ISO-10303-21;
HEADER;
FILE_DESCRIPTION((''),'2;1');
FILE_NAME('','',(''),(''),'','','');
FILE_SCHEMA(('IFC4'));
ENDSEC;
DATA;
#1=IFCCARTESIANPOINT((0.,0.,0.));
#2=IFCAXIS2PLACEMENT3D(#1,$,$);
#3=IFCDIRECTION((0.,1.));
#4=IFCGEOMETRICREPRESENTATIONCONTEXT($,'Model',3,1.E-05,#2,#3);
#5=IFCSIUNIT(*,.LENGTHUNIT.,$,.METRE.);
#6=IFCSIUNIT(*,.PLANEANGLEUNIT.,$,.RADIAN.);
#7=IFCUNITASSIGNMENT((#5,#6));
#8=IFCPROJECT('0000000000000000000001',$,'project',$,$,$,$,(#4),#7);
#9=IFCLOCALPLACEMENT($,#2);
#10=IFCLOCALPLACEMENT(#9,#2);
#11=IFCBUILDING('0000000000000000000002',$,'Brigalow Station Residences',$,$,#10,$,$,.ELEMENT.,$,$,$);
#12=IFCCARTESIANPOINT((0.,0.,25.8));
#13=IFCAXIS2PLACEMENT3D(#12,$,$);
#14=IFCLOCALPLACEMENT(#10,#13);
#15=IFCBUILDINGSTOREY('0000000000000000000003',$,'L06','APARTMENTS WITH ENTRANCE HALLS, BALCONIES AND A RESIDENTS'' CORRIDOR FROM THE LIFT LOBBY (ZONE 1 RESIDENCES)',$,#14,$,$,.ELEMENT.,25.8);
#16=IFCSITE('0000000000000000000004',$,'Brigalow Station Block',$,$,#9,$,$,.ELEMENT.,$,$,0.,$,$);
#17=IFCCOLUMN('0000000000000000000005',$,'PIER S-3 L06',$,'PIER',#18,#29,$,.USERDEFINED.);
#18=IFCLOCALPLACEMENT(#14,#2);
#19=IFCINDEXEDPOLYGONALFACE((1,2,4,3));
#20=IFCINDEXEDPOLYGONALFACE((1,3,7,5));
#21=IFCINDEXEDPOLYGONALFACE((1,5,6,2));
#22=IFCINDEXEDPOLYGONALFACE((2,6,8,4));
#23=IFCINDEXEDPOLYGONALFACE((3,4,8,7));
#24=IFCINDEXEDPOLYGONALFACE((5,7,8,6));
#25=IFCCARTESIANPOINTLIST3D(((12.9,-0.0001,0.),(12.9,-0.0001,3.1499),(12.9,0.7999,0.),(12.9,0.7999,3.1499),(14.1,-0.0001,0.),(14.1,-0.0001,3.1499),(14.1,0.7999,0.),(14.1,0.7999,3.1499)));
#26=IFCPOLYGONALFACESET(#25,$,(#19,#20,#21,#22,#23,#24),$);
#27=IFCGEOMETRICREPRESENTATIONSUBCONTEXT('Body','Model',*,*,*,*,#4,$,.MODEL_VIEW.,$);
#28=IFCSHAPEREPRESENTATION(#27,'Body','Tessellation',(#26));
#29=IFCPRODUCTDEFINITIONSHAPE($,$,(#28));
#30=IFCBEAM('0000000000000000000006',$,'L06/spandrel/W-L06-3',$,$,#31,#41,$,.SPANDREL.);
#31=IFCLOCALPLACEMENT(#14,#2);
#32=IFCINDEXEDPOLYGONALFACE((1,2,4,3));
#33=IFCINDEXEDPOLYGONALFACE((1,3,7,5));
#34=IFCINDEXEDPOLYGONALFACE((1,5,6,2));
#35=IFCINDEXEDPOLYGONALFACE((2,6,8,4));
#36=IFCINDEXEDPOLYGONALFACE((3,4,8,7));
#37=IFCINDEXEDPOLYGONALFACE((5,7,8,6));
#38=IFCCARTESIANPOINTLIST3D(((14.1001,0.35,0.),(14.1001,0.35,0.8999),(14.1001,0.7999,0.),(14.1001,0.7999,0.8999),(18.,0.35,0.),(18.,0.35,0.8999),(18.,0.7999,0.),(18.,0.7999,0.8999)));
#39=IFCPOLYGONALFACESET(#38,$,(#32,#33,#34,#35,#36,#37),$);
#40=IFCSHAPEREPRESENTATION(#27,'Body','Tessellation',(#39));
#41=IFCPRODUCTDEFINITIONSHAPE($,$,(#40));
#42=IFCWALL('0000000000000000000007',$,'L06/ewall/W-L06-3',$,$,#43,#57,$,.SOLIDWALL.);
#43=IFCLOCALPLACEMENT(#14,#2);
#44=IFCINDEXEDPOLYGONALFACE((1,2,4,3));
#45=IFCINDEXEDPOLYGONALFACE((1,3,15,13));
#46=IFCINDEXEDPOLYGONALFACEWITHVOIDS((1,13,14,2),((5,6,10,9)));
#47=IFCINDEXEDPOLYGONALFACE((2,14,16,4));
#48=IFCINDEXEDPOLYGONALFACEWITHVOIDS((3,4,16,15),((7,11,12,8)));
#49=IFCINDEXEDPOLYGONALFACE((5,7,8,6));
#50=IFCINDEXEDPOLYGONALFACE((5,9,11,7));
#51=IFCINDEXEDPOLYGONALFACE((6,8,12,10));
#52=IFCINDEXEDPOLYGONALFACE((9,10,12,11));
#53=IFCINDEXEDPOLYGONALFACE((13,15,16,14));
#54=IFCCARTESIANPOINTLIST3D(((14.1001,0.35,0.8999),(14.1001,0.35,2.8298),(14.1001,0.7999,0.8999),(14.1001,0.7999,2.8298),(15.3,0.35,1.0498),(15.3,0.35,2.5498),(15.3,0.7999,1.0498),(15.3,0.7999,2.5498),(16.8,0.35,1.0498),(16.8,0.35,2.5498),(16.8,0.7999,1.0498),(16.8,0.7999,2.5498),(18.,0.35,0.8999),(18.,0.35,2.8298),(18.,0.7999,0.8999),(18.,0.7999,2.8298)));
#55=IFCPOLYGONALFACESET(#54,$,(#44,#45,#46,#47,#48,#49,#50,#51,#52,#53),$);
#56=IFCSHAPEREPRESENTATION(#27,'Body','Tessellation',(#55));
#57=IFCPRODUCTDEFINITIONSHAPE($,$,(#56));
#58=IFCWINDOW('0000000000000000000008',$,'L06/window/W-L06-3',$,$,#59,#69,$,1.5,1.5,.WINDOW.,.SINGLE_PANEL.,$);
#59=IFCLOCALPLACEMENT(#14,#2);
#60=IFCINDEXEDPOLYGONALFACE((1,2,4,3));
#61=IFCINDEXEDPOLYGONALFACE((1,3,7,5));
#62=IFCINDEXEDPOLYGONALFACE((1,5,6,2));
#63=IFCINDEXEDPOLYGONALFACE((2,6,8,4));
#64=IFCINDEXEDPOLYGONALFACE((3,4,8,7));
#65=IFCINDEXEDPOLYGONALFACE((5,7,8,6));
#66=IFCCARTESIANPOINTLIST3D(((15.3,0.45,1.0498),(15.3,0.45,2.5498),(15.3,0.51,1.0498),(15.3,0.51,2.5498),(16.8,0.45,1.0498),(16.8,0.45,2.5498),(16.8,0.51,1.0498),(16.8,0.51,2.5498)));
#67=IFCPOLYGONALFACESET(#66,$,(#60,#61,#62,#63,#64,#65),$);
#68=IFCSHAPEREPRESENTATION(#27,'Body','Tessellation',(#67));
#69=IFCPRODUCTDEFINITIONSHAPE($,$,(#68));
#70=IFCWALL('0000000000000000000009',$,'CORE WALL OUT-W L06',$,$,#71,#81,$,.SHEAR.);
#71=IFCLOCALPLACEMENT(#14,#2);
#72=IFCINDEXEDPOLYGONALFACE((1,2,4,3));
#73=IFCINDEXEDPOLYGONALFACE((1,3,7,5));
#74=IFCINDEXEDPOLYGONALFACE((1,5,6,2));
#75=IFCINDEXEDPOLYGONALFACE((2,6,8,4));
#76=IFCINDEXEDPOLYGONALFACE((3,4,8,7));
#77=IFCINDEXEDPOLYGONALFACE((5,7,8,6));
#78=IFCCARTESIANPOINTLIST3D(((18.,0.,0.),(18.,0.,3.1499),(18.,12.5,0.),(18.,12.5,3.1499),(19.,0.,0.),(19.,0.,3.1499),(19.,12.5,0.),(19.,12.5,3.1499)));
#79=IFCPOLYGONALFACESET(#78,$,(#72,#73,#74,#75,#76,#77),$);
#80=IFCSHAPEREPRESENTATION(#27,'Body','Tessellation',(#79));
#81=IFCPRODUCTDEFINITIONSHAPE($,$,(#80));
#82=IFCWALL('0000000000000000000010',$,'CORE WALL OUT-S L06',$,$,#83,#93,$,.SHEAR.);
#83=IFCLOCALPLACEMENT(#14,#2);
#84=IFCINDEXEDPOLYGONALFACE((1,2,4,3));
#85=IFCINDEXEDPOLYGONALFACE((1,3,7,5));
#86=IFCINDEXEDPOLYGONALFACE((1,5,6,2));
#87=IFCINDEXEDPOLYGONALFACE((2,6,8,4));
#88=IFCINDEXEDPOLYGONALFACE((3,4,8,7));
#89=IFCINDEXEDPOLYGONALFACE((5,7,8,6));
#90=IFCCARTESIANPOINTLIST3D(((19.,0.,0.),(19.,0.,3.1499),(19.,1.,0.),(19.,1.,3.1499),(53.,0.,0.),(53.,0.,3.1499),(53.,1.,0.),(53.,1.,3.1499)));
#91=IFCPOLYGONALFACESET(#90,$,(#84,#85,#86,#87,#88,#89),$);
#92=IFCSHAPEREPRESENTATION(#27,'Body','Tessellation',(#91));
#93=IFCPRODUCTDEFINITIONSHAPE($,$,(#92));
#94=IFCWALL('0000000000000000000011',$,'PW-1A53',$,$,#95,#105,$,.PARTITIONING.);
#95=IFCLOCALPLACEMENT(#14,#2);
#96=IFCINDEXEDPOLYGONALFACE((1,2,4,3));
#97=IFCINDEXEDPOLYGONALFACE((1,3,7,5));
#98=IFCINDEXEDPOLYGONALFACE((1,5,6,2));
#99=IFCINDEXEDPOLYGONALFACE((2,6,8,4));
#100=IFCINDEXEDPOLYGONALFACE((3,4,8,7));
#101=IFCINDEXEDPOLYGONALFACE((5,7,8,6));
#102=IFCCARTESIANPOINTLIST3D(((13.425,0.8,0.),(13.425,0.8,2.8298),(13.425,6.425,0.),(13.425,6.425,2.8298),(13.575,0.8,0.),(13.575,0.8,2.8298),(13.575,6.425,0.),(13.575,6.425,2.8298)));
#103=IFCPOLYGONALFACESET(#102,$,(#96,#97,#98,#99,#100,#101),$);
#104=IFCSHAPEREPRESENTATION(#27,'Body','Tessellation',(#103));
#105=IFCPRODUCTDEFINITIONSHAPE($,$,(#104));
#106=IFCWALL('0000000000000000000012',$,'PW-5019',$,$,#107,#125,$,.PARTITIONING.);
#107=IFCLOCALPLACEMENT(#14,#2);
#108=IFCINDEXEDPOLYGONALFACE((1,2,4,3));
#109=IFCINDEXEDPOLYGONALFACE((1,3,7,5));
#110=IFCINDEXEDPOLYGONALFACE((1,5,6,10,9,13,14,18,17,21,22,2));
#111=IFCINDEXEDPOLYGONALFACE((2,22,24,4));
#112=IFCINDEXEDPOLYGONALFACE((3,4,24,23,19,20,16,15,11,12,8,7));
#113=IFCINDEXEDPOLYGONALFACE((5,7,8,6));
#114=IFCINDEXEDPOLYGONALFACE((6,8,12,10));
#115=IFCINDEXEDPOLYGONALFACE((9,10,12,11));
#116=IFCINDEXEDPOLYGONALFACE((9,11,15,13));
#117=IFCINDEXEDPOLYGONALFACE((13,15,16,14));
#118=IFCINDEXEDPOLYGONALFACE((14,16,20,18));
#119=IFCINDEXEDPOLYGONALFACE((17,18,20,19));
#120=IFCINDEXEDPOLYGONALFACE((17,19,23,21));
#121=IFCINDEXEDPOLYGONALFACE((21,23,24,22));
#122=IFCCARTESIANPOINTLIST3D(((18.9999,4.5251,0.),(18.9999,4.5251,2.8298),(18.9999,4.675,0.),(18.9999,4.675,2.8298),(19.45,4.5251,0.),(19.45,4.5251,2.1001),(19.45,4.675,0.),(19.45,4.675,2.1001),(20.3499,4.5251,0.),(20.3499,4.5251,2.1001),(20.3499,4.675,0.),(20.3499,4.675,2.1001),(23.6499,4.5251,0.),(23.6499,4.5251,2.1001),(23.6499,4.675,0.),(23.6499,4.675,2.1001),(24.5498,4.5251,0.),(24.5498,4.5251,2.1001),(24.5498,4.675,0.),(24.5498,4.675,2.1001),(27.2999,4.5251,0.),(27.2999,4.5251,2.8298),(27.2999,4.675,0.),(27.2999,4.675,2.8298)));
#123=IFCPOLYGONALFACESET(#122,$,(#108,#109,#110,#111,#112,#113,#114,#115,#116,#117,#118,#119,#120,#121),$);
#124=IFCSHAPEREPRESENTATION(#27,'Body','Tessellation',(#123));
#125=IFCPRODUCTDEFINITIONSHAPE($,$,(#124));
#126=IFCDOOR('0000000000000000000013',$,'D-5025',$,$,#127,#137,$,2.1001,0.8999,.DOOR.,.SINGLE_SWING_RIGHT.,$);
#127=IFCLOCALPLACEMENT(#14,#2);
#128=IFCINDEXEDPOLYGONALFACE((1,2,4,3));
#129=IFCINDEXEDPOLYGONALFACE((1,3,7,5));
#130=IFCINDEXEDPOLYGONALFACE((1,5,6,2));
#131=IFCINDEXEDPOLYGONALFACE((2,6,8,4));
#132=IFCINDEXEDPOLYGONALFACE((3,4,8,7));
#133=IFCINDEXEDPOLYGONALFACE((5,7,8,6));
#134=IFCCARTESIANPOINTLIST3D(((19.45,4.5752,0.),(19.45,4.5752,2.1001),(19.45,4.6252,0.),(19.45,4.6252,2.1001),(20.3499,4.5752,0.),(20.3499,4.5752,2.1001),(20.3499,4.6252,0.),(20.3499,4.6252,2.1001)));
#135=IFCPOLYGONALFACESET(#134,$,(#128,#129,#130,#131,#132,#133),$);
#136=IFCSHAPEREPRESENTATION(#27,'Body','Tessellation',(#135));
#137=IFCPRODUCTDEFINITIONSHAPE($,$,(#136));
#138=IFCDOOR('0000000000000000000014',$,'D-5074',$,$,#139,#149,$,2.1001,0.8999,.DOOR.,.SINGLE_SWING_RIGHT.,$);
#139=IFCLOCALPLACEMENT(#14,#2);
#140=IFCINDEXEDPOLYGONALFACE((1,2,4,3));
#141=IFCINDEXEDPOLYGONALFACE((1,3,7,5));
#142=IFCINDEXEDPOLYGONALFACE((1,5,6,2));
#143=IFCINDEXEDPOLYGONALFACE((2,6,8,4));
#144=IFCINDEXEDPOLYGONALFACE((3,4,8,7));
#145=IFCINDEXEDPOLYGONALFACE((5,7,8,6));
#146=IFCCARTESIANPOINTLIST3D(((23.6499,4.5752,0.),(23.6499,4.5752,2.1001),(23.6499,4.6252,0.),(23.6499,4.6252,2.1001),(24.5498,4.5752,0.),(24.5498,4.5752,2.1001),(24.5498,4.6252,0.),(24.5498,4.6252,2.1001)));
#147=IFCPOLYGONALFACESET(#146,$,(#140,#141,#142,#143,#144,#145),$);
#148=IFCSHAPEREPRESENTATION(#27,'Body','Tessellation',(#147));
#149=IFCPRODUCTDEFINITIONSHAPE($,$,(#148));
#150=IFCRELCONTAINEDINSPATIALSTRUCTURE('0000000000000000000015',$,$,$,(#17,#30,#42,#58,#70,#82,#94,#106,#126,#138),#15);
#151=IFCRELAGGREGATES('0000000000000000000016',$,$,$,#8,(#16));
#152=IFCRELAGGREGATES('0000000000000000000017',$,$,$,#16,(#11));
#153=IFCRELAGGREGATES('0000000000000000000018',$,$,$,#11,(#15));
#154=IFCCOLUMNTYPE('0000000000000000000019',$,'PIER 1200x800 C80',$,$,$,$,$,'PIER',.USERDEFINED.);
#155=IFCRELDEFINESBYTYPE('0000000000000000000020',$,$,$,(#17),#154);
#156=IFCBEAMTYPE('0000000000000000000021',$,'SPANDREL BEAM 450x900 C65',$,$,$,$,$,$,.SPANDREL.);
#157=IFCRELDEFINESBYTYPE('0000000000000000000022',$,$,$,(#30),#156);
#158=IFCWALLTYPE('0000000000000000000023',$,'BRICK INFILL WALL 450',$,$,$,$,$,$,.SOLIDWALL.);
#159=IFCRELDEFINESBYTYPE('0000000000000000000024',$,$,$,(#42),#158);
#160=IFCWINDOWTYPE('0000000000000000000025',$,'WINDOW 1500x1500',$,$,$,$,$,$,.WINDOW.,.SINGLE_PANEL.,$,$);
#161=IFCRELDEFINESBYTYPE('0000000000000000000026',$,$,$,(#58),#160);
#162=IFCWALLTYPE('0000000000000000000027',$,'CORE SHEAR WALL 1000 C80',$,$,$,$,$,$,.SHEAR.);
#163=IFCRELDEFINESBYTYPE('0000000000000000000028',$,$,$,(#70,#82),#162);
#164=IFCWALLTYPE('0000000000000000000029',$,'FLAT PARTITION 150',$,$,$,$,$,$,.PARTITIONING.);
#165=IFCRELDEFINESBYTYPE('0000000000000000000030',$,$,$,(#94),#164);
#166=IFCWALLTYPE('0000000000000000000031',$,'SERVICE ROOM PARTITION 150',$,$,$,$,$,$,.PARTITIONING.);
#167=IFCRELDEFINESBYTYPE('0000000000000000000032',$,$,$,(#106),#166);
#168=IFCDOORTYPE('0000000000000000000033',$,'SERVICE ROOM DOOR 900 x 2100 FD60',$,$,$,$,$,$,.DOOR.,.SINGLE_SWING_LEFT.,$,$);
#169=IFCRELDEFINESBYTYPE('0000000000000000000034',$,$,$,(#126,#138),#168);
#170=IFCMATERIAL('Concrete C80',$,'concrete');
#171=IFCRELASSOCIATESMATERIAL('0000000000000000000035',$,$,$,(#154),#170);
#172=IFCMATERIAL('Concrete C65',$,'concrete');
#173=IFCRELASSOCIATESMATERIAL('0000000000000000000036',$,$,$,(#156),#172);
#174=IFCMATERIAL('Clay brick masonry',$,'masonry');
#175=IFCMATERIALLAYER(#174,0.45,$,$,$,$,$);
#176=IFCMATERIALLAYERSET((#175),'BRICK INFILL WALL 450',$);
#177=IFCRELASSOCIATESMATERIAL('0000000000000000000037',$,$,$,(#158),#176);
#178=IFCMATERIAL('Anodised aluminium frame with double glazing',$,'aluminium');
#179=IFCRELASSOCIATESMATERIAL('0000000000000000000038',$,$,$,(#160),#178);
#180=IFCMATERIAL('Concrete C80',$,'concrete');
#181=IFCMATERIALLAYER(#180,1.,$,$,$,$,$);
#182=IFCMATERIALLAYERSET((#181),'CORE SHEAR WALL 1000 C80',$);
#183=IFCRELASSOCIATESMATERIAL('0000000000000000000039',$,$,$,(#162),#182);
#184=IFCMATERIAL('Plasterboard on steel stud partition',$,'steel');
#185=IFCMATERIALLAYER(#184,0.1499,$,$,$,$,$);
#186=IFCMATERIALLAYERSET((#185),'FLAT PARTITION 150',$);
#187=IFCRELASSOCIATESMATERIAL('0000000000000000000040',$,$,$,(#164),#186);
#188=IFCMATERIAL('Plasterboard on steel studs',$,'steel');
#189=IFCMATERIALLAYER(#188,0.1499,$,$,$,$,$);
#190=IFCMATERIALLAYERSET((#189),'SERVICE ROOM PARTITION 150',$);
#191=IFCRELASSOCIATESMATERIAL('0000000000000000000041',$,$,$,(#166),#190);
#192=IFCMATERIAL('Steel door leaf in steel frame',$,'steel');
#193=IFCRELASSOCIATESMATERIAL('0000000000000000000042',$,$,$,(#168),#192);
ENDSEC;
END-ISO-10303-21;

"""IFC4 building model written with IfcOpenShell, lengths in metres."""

from ifc_helpers import new_model, si_unit, direction, frame, frame_2d, origin, origin_2d, place, context, subcontext, project, spatial, rectangle, extrude, material, layer, layer_set, material_profile, profile_set, type_object, element, fill, save


model = new_model("IFC4")

# Units and contexts
model_context = context("Model", 3, precision=1e-05, world=origin(), true_north=direction((0.0, 1.0)))
body_context = subcontext(model_context, "Body", "Model", "MODEL_VIEW")
ifc_project = project(units=[si_unit("LENGTHUNIT", "METRE"), si_unit("PLANEANGLEUNIT", "RADIAN")], contexts=[model_context])

# Site, building, storey
site_placement = place(None, origin())
site = spatial("IfcSite", under=ifc_project, at=site_placement, Name="Brigalow Station Block", CompositionType="ELEMENT", RefElevation=0.0)
building_placement = place(site_placement, origin())
building = spatial("IfcBuilding", under=site, at=building_placement, Name="Brigalow Station Residences", CompositionType="ELEMENT")
storey_placement = place(building_placement, frame((0.0, 0.0, 25.8)))
storey = spatial("IfcBuildingStorey", under=building, at=storey_placement, Name="L06", Description="APARTMENTS WITH ENTRANCE HALLS, BALCONIES AND A RESIDENTS' CORRIDOR FROM THE LIFT LOBBY (ZONE 1 RESIDENCES)", CompositionType="ELEMENT", Elevation=25.8)

# Column
ifc_material_1 = material(Name="Concrete C80", Category="concrete")
ifc_material_profile_1 = material_profile(ifc_material_1, rectangle(XDim=1.2, YDim=0.8, at=origin_2d()), Name="RC1200x800")
ifc_profile_set_1 = profile_set([ifc_material_profile_1], Name="Concrete C80")
column_type = type_object("IfcColumnType", Name="PIER 1200x800 C80", ElementType="PIER", PredefinedType="USERDEFINED", material=ifc_profile_set_1)
column_placement = place(storey_placement, frame((13.5, 0.3999, 0.0), z_axis=(0.0, 0.0, 1.0), x_axis=(1.0, 0.0, 0.0)))
element("IfcColumn", 1, at=column_placement, inside=storey, type_object=column_type, Name="PIER S-3 L06", ObjectType="PIER", PredefinedType="USERDEFINED", context=body_context, shape_type="SweptSolid", body=[
    extrude(rectangle(XDim=1.2, YDim=0.8, at=origin_2d()), origin(), (0.0, 0.0, 1.0), 3.1499),
])

# Beam
ifc_material_2 = material(Name="Concrete C65", Category="concrete")
ifc_material_profile_2 = material_profile(ifc_material_2, rectangle(XDim=0.45, YDim=0.8999, at=origin_2d()), Name="RC450x900")
ifc_profile_set_2 = profile_set([ifc_material_profile_2], Name="Concrete C65")
beam_type = type_object("IfcBeamType", Name="SPANDREL BEAM 450x900 C65", PredefinedType="SPANDREL", material=ifc_profile_set_2)
beam_placement = place(storey_placement, frame((14.1001, 0.575, 0.45), z_axis=(1.0, 0.0, 0.0), x_axis=(0.0, 1.0, 0.0)))
element("IfcBeam", 2, at=beam_placement, inside=storey, type_object=beam_type, Name="L06/spandrel/W-L06-3", PredefinedType="SPANDREL", context=body_context, shape_type="SweptSolid", body=[
    extrude(rectangle(XDim=0.45, YDim=0.8999, at=origin_2d()), origin(), (0.0, 0.0, 1.0), 3.8999),
])

# Wall, opening, window
ifc_material_3 = material(Name="Clay brick masonry", Category="masonry")
ifc_layer_1 = layer(ifc_material_3, 0.45)
ifc_layer_set_1 = layer_set([ifc_layer_1], Name="BRICK INFILL WALL 450")
wall_type_1 = type_object("IfcWallType", Name="BRICK INFILL WALL 450", PredefinedType="SOLIDWALL", material=ifc_layer_set_1)
wall_1_placement = place(storey_placement, frame((14.1001, 0.575, 0.8999), z_axis=(0.0, 0.0, 1.0), x_axis=(1.0, 0.0, 0.0)))
wall_1 = element("IfcWall", 3, at=wall_1_placement, inside=storey, type_object=wall_type_1, Name="L06/ewall/W-L06-3", PredefinedType="SOLIDWALL", context=body_context, shape_type="SweptSolid", body=[
    extrude(rectangle(XDim=3.8999, YDim=0.45, at=frame_2d((1.95, 0.0))), origin(), (0.0, 0.0, 1.0), 1.9299),
])
opening_1_placement = place(wall_1_placement, frame((1.2, 0.0, 0.1499)))
opening_1 = element("IfcOpeningElement", 4, at=opening_1_placement, cuts=wall_1, PredefinedType="OPENING", context=body_context, shape_type="SweptSolid", body=[
    extrude(rectangle(XDim=1.5, YDim=1.5, at=frame_2d((0.75, 0.75))), frame((0.0, 0.2349, 0.0), z_axis=(0.0, -1.0, 0.0), x_axis=(1.0, 0.0, 0.0)), (0.0, 0.0, 1.0), 0.47),
])
ifc_material_4 = material(Name="Anodised aluminium frame with double glazing", Category="aluminium")
window_type = type_object("IfcWindowType", Name="WINDOW 1500x1500", PartitioningType="SINGLE_PANEL", PredefinedType="WINDOW", material=ifc_material_4)
window_placement = place(opening_1_placement, origin())
window = element("IfcWindow", 5, at=window_placement, inside=storey, type_object=window_type, Name="L06/window/W-L06-3", OverallHeight=1.5, OverallWidth=1.5, PartitioningType="SINGLE_PANEL", PredefinedType="WINDOW", context=body_context, shape_type="SweptSolid", body=[
    extrude(rectangle(XDim=1.5, YDim=1.5, at=frame_2d((0.75, 0.75))), frame((0.0, -0.0649, 0.0), z_axis=(0.0, -1.0, 0.0), x_axis=(1.0, 0.0, 0.0)), (0.0, 0.0, 1.0), 0.0601),
])
fill(opening_1, window)

# Walls
ifc_material_5 = material(Name="Concrete C80", Category="concrete")
ifc_layer_2 = layer(ifc_material_5, 1.0)
ifc_layer_set_2 = layer_set([ifc_layer_2], Name="CORE SHEAR WALL 1000 C80")
wall_type_2 = type_object("IfcWallType", Name="CORE SHEAR WALL 1000 C80", PredefinedType="SHEAR", material=ifc_layer_set_2)
wall_2_placement = place(storey_placement, frame((18.5, 0.0, 0.0), z_axis=(0.0, 0.0, 1.0), x_axis=(0.0, 1.0, 0.0)))
element("IfcWall", 6, at=wall_2_placement, inside=storey, type_object=wall_type_2, Name="CORE WALL OUT-W L06", PredefinedType="SHEAR", context=body_context, shape_type="SweptSolid", body=[
    extrude(rectangle(XDim=12.5, YDim=1.0, at=frame_2d((6.25, 0.0))), origin(), (0.0, 0.0, 1.0), 3.1499),
])
wall_3_placement = place(storey_placement, frame((19.0, 0.5, 0.0), z_axis=(0.0, 0.0, 1.0), x_axis=(1.0, 0.0, 0.0)))
element("IfcWall", 7, at=wall_3_placement, inside=storey, type_object=wall_type_2, Name="CORE WALL OUT-S L06", PredefinedType="SHEAR", context=body_context, shape_type="SweptSolid", body=[
    extrude(rectangle(XDim=34.0, YDim=1.0, at=frame_2d((17.0, 0.0))), origin(), (0.0, 0.0, 1.0), 3.1499),
])
ifc_material_6 = material(Name="Plasterboard on steel stud partition", Category="steel")
ifc_layer_3 = layer(ifc_material_6, 0.1499)
ifc_layer_set_3 = layer_set([ifc_layer_3], Name="FLAT PARTITION 150")
wall_type_3 = type_object("IfcWallType", Name="FLAT PARTITION 150", PredefinedType="PARTITIONING", material=ifc_layer_set_3)
wall_4_placement = place(storey_placement, frame((13.5, 0.8, 0.0), z_axis=(0.0, 0.0, 1.0), x_axis=(0.0, 1.0, 0.0)))
element("IfcWall", 8, at=wall_4_placement, inside=storey, type_object=wall_type_3, Name="PW-1A53", PredefinedType="PARTITIONING", context=body_context, shape_type="SweptSolid", body=[
    extrude(rectangle(XDim=5.625, YDim=0.1499, at=frame_2d((2.8125, 0.0))), origin(), (0.0, 0.0, 1.0), 2.8298),
])

# Wall, openings, doors
ifc_material_7 = material(Name="Plasterboard on steel studs", Category="steel")
ifc_layer_4 = layer(ifc_material_7, 0.1499)
ifc_layer_set_4 = layer_set([ifc_layer_4], Name="SERVICE ROOM PARTITION 150")
wall_type_4 = type_object("IfcWallType", Name="SERVICE ROOM PARTITION 150", PredefinedType="PARTITIONING", material=ifc_layer_set_4)
wall_5_placement = place(storey_placement, frame((19.0, 4.6001, 0.0), z_axis=(0.0, 0.0, 1.0), x_axis=(1.0, 0.0, 0.0)))
wall_5 = element("IfcWall", 9, at=wall_5_placement, inside=storey, type_object=wall_type_4, Name="PW-5019", PredefinedType="PARTITIONING", context=body_context, shape_type="SweptSolid", body=[
    extrude(rectangle(XDim=8.3, YDim=0.1499, at=frame_2d((4.1499, 0.0))), origin(), (0.0, 0.0, 1.0), 2.8298),
])
opening_2_placement = place(wall_5_placement, frame((0.45, 0.0, 0.0)))
opening_2 = element("IfcOpeningElement", 10, at=opening_2_placement, cuts=wall_5, PredefinedType="OPENING", context=body_context, shape_type="SweptSolid", body=[
    extrude(rectangle(XDim=0.8999, YDim=2.1001, at=frame_2d((0.45, 1.05))), frame((0.0, 0.085, 0.0), z_axis=(0.0, -1.0, 0.0), x_axis=(1.0, 0.0, 0.0)), (0.0, 0.0, 1.0), 0.1699),
])
opening_3_placement = place(wall_5_placement, frame((4.6499, 0.0, 0.0)))
opening_3 = element("IfcOpeningElement", 11, at=opening_3_placement, cuts=wall_5, PredefinedType="OPENING", context=body_context, shape_type="SweptSolid", body=[
    extrude(rectangle(XDim=0.8999, YDim=2.1001, at=frame_2d((0.45, 1.05))), frame((0.0, 0.085, 0.0), z_axis=(0.0, -1.0, 0.0), x_axis=(1.0, 0.0, 0.0)), (0.0, 0.0, 1.0), 0.1699),
])
ifc_material_8 = material(Name="Steel door leaf in steel frame", Category="steel")
door_type = type_object("IfcDoorType", Name="SERVICE ROOM DOOR 900 x 2100 FD60", OperationType="SINGLE_SWING_LEFT", PredefinedType="DOOR", material=ifc_material_8)
door_1_placement = place(opening_2_placement, frame((0.8999, 0.0, 0.0), z_axis=(0.0, 0.0, 1.0), x_axis=(-1.0, 0.0, 0.0)))
door_1 = element("IfcDoor", 12, at=door_1_placement, inside=storey, type_object=door_type, Name="D-5025", OperationType="SINGLE_SWING_RIGHT", OverallHeight=2.1001, OverallWidth=0.8999, PredefinedType="DOOR", context=body_context, shape_type="SweptSolid", body=[
    extrude(rectangle(XDim=0.8999, YDim=2.1001, at=frame_2d((0.45, 1.05))), frame((0.0, 0.0249, 0.0), z_axis=(0.0, -1.0, 0.0), x_axis=(1.0, 0.0, 0.0)), (0.0, 0.0, 1.0), 0.05),
])
fill(opening_2, door_1)
door_2_placement = place(opening_3_placement, frame((0.8999, 0.0, 0.0), z_axis=(0.0, 0.0, 1.0), x_axis=(-1.0, 0.0, 0.0)))
door_2 = element("IfcDoor", 13, at=door_2_placement, inside=storey, type_object=door_type, Name="D-5074", OperationType="SINGLE_SWING_RIGHT", OverallHeight=2.1001, OverallWidth=0.8999, PredefinedType="DOOR", context=body_context, shape_type="SweptSolid", body=[
    extrude(rectangle(XDim=0.8999, YDim=2.1001, at=frame_2d((0.45, 1.05))), frame((0.0, 0.0249, 0.0), z_axis=(0.0, -1.0, 0.0), x_axis=(1.0, 0.0, 0.0)), (0.0, 0.0, 1.0), 0.05),
])
fill(opening_3, door_2)

save(model, "model.ifc")
